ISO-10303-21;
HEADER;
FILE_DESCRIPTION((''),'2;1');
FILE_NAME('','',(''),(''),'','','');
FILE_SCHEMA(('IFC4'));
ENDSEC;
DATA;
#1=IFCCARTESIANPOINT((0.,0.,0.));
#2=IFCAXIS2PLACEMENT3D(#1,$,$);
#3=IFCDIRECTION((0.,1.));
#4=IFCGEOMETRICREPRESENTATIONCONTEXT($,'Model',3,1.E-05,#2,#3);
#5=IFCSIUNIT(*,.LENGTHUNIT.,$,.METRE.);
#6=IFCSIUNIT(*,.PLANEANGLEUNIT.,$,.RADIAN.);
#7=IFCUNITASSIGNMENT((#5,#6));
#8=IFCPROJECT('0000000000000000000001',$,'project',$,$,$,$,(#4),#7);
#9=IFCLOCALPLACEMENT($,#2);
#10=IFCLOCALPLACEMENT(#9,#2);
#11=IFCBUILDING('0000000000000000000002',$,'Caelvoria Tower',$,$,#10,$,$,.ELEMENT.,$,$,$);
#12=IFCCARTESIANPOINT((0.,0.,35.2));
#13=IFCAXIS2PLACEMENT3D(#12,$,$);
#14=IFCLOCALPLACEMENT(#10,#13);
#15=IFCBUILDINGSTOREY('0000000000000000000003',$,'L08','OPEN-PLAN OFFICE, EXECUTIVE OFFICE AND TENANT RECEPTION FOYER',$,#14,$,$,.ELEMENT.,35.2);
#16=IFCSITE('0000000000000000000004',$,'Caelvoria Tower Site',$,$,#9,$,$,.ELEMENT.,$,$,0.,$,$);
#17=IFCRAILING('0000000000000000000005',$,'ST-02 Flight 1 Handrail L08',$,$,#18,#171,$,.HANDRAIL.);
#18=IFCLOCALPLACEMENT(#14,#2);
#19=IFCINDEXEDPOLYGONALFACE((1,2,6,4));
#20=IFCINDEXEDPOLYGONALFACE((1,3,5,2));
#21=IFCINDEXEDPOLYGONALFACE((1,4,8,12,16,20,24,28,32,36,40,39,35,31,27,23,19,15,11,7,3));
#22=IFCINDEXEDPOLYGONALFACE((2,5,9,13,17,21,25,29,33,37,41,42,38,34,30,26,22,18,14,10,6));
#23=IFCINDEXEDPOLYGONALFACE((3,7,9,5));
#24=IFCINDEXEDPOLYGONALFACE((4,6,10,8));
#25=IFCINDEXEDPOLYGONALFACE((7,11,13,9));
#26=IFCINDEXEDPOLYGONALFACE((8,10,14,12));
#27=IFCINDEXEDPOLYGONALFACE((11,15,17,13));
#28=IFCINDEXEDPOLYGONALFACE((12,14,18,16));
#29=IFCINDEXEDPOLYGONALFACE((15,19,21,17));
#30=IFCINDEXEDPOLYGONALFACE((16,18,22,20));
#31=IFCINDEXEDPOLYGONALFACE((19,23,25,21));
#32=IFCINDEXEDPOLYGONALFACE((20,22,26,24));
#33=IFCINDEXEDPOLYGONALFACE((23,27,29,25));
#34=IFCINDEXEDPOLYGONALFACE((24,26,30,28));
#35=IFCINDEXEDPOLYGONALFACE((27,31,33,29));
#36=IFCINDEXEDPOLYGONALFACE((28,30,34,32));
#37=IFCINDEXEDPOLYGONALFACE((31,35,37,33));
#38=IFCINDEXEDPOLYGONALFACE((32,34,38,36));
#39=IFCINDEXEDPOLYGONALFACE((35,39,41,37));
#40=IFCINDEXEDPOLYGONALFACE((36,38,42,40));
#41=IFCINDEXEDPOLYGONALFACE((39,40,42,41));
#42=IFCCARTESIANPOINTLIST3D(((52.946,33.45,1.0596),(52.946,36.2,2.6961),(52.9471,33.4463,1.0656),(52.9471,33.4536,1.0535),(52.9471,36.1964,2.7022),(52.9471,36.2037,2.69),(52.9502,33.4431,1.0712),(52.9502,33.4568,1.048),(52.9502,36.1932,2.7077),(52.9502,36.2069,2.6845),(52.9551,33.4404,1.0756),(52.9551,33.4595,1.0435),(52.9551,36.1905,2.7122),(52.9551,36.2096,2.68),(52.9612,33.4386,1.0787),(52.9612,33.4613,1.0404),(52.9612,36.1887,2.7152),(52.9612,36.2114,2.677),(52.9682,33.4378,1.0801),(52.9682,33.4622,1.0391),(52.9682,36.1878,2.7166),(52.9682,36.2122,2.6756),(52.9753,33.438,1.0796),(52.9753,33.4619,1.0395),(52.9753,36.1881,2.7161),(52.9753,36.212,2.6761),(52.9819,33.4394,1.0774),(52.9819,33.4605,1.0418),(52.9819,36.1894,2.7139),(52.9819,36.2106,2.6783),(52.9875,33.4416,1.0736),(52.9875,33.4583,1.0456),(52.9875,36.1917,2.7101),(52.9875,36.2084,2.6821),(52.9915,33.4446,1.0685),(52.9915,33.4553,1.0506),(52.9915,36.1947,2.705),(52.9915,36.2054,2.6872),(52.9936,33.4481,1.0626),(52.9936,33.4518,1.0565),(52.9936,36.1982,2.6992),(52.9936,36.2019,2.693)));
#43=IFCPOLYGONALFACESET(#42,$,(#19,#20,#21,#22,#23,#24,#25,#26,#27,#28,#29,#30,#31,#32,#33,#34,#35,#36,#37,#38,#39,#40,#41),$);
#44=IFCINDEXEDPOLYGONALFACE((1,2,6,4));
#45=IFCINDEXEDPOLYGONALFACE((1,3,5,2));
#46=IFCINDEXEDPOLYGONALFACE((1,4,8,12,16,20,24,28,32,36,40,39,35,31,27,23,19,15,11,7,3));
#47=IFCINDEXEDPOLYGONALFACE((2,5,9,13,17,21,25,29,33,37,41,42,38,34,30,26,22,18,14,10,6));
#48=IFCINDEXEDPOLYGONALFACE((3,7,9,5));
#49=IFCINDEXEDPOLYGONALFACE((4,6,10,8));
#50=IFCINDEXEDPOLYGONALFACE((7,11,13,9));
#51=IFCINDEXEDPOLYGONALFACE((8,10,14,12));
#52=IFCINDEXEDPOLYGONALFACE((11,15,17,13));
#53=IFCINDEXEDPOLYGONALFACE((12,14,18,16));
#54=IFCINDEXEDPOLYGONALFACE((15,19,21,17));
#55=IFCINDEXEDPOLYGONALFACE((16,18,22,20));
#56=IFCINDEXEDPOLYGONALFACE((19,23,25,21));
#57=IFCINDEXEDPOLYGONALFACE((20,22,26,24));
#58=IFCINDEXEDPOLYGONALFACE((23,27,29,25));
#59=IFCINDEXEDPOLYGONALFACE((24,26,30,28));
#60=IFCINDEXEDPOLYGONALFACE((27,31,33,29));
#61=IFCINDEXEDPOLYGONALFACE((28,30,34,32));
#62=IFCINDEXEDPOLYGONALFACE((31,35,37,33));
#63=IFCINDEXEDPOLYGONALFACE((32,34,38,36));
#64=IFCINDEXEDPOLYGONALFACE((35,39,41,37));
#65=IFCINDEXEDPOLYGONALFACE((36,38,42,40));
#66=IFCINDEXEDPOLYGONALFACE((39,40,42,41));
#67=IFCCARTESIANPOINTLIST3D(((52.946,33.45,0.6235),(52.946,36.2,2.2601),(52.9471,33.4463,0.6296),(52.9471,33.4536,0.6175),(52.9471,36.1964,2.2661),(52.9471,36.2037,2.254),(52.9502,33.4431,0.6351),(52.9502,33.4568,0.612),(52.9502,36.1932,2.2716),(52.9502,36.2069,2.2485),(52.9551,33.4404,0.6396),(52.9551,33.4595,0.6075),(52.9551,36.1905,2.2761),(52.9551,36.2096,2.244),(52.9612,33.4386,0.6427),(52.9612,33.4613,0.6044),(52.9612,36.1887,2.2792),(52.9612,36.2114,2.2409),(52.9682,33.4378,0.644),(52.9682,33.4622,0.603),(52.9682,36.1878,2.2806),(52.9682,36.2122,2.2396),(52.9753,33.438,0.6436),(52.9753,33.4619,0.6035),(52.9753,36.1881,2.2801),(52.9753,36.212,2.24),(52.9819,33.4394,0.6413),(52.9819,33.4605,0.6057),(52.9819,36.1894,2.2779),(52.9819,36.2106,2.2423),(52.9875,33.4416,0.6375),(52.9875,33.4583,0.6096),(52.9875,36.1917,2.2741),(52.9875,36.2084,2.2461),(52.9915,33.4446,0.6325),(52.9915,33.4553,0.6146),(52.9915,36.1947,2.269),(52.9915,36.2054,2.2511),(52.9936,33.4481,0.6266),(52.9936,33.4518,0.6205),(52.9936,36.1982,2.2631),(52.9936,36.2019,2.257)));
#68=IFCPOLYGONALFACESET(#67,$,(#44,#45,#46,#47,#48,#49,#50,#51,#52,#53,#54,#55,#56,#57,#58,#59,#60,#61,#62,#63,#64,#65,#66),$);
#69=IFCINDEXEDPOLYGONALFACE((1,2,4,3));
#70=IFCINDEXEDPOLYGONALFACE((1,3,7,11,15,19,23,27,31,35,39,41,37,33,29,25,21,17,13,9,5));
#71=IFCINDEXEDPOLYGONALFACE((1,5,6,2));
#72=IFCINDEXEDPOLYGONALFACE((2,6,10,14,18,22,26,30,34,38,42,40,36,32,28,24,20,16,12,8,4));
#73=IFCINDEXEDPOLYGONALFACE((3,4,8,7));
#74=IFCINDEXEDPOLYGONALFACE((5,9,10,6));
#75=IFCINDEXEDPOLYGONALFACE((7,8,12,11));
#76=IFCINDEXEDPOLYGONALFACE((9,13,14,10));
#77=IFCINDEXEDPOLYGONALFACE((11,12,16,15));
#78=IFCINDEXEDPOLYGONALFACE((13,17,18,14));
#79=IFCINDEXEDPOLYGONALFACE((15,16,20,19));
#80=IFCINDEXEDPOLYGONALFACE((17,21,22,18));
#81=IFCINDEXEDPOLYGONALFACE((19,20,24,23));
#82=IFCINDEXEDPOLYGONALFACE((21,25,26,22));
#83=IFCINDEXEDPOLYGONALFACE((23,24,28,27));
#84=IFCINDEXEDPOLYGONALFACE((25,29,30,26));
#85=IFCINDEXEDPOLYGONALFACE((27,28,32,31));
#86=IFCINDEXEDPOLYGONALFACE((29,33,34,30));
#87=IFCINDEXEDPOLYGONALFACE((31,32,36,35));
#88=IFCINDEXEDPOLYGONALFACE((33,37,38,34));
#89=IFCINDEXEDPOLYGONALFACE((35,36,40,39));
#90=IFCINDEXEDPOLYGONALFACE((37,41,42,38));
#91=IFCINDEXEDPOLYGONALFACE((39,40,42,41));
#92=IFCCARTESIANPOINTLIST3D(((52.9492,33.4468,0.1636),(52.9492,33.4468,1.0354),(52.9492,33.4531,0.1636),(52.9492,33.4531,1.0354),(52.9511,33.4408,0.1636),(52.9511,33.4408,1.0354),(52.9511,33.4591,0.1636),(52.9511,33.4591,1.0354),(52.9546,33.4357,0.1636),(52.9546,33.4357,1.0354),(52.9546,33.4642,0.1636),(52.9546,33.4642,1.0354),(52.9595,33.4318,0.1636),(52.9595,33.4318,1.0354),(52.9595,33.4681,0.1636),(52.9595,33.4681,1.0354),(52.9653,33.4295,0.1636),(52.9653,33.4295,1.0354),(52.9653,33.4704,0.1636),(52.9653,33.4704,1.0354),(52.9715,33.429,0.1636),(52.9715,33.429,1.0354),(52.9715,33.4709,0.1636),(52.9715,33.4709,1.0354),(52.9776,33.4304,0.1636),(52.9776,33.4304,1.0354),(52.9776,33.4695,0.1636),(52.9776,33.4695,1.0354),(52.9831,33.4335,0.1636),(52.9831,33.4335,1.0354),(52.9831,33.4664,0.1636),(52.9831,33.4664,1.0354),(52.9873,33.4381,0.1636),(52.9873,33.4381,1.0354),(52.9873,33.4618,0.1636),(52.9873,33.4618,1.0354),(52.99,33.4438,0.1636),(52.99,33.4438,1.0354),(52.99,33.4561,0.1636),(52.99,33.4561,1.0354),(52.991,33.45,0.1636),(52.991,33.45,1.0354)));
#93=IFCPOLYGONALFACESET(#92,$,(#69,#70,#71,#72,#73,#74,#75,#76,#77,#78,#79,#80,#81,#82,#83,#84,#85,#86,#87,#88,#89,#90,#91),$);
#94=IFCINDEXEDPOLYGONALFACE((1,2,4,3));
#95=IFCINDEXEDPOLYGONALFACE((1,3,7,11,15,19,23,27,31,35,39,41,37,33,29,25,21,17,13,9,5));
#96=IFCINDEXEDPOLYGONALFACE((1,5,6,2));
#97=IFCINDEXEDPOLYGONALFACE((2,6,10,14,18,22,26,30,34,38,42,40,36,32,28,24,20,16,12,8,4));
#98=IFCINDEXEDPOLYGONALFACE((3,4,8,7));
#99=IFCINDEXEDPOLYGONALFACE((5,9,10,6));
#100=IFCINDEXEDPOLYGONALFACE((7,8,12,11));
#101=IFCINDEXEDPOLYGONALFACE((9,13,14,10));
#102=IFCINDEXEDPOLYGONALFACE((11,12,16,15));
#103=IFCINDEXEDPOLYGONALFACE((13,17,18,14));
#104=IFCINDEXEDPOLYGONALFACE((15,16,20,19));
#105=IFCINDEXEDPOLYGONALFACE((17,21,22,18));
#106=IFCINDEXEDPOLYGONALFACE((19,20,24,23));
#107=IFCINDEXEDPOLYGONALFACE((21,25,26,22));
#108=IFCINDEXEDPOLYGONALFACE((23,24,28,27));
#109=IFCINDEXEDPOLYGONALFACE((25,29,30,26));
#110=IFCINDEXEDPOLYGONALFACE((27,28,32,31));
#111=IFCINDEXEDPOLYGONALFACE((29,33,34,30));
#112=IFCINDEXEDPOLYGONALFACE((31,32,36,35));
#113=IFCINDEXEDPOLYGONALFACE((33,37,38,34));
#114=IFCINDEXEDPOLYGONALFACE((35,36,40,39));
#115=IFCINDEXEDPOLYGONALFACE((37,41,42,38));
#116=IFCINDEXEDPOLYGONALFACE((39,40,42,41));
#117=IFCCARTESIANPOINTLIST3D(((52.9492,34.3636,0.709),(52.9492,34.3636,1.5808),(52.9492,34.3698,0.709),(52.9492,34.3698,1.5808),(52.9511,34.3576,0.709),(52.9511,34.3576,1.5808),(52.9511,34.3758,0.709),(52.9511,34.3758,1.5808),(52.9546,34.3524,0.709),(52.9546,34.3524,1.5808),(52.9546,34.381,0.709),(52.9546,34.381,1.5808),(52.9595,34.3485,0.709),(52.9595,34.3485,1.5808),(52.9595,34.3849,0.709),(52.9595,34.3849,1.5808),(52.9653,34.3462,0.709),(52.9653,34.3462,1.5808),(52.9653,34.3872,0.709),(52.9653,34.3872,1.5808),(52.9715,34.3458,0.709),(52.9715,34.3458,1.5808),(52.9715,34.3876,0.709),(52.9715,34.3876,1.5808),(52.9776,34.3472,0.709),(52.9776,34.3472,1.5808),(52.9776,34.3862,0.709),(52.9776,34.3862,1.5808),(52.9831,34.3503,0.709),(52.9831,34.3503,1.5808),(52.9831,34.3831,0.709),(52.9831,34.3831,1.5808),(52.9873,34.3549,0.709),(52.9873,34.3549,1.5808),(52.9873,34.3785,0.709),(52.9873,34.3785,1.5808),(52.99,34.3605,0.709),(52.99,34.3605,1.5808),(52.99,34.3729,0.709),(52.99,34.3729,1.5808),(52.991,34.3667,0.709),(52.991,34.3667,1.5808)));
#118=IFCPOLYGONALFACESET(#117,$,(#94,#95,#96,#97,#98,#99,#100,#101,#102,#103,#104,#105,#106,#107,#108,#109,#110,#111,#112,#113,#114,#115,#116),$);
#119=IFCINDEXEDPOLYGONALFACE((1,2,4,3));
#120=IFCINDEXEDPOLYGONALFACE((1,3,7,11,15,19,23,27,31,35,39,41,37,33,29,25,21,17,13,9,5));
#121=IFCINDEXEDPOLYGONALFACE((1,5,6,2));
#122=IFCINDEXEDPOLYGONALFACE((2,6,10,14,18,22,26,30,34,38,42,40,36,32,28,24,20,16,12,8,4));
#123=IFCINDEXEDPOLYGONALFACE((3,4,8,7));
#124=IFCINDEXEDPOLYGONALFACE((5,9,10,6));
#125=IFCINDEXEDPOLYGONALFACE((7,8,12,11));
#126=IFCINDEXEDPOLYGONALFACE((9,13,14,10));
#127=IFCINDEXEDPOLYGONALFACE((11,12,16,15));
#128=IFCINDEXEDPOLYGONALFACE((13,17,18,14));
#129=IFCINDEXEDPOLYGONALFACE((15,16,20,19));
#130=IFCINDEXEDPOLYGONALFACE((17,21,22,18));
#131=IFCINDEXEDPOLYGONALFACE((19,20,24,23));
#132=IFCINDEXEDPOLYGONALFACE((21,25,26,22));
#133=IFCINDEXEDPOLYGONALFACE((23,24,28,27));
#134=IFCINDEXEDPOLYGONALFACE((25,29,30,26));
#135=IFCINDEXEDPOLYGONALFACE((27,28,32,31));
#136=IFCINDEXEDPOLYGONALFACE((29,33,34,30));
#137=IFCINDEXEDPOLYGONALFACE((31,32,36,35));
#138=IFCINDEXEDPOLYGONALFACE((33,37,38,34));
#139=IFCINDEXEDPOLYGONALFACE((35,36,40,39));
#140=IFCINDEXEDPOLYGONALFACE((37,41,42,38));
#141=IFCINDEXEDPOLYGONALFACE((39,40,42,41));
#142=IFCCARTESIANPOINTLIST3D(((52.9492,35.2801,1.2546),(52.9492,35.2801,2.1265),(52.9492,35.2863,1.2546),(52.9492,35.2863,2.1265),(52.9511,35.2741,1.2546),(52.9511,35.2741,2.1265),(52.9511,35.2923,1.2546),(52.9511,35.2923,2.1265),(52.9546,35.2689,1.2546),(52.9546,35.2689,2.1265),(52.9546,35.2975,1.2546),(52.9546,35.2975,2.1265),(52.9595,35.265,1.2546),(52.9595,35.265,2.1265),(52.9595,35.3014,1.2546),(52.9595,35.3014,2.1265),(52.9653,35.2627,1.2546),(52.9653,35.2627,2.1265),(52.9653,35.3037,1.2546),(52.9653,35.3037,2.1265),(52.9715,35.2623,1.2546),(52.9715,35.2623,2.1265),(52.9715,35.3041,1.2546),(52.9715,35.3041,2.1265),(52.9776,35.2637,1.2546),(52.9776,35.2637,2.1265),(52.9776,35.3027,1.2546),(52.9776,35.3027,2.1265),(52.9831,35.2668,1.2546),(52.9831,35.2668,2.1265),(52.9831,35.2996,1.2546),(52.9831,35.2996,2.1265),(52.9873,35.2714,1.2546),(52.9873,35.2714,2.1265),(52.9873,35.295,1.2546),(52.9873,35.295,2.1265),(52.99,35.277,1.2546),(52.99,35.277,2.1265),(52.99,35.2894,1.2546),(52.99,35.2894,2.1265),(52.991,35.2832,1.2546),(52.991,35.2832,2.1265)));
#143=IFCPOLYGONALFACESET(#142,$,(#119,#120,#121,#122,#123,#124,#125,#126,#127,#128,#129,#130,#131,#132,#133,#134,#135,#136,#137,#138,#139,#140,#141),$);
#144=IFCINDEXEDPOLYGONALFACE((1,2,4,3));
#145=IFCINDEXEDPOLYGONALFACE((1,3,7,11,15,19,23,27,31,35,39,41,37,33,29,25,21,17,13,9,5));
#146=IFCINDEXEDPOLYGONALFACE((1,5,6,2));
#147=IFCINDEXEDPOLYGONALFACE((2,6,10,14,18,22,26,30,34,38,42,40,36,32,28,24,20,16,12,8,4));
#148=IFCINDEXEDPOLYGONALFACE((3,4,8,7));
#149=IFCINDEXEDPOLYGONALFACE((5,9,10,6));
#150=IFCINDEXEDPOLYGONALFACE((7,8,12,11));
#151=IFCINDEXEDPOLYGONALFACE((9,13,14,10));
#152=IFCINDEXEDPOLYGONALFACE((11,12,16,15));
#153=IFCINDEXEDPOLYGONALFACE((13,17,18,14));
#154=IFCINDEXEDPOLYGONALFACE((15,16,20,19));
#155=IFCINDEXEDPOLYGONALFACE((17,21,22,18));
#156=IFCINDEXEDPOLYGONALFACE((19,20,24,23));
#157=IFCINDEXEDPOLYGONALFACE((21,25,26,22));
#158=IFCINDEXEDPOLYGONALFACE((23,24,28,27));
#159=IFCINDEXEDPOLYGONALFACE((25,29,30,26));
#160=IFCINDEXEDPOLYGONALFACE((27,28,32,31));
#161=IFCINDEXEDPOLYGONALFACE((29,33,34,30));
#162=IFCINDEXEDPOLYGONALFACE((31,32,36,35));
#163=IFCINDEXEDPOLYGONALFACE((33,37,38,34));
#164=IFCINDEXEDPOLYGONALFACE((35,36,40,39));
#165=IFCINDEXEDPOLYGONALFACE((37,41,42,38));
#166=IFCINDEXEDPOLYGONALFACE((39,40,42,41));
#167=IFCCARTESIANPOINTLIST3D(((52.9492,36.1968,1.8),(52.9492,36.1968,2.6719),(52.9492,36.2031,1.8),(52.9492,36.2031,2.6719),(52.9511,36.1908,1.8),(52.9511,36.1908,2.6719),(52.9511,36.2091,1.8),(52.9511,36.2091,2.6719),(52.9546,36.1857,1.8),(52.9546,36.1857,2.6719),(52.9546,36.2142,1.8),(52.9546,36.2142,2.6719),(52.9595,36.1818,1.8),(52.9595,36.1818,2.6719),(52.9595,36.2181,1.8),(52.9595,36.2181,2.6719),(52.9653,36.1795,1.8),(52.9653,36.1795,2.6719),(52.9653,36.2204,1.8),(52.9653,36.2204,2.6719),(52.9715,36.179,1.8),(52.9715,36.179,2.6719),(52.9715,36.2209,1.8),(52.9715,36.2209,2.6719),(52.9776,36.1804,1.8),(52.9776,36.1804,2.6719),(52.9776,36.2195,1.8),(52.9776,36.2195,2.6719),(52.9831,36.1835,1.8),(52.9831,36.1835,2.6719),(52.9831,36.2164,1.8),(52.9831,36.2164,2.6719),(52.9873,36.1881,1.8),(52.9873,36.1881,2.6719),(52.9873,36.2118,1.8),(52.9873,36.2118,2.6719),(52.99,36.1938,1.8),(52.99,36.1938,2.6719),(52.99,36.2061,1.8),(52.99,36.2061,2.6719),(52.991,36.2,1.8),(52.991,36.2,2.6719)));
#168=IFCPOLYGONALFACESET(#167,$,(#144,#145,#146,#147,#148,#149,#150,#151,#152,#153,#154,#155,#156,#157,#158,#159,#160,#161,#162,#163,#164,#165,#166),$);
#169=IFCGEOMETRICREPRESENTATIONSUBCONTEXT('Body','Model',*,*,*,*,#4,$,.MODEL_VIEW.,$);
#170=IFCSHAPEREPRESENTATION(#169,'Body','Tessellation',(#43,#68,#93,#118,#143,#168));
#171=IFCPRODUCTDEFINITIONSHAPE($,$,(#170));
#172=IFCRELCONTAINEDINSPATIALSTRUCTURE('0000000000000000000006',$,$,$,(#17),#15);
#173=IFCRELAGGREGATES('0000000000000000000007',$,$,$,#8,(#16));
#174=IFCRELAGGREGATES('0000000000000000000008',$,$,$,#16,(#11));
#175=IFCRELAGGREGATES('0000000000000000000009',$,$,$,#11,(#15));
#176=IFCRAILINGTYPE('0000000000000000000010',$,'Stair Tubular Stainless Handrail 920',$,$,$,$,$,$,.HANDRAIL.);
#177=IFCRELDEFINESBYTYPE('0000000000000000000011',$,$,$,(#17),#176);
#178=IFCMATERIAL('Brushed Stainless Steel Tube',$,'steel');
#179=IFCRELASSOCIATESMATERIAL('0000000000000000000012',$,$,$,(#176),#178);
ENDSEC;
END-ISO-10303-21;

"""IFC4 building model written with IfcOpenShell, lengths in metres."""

from ifc_helpers import new_model, si_unit, direction, frame, origin, origin_2d, place, context, subcontext, project, spatial, circle, extrude, material, type_object, element, save


model = new_model("IFC4")

# Units and contexts
model_context = context("Model", 3, precision=1e-05, world=origin(), true_north=direction((0.0, 1.0)))
body_context = subcontext(model_context, "Body", "Model", "MODEL_VIEW")
ifc_project = project(units=[si_unit("LENGTHUNIT", "METRE"), si_unit("PLANEANGLEUNIT", "RADIAN")], contexts=[model_context])

# Site, building, storey
site_placement = place(None, origin())
site = spatial("IfcSite", under=ifc_project, at=site_placement, Name="Caelvoria Tower Site", CompositionType="ELEMENT", RefElevation=0.0)
building_placement = place(site_placement, origin())
building = spatial("IfcBuilding", under=site, at=building_placement, Name="Caelvoria Tower", CompositionType="ELEMENT")
storey_placement = place(building_placement, frame((0.0, 0.0, 35.2)))
storey = spatial("IfcBuildingStorey", under=building, at=storey_placement, Name="L08", Description="OPEN-PLAN OFFICE, EXECUTIVE OFFICE AND TENANT RECEPTION FOYER", CompositionType="ELEMENT", Elevation=35.2)

# Railing
ifc_material_1 = material(Name="Brushed Stainless Steel Tube", Category="steel")
railing_type_1 = type_object("IfcRailingType", Name="Stair Tubular Stainless Handrail 920", PredefinedType="HANDRAIL", material=ifc_material_1)
railing_1_placement = place(storey_placement, frame((52.97, 33.45, 0.1636)))
element("IfcRailing", 1, at=railing_1_placement, inside=storey, type_object=railing_type_1, Name="ST-02 Flight 1 Handrail L08", PredefinedType="HANDRAIL", context=body_context, shape_type="SweptSolid", body=[
    extrude(circle(Radius=0.0239, at=origin_2d()), frame((0.0, 0.0, 0.896), z_axis=(0.0, 0.859352, 0.511385), x_axis=(-1.0, 0.0, 0.0)), (0.0, 0.0, 1.0), 3.2002),
    extrude(circle(Radius=0.0239, at=origin_2d()), frame((0.0, 0.0, 0.46), z_axis=(0.0, 0.859352, 0.511385), x_axis=(-1.0, 0.0, 0.0)), (0.0, 0.0, 1.0), 3.2002),
    extrude(circle(Radius=0.021, at=origin_2d()), origin(), (0.0, 0.0, 1.0), 0.8718),
    extrude(circle(Radius=0.021, at=origin_2d()), frame((0.0, 0.9167, 0.5454)), (0.0, 0.0, 1.0), 0.8718),
    extrude(circle(Radius=0.021, at=origin_2d()), frame((0.0, 1.8333, 1.0911)), (0.0, 0.0, 1.0), 0.8718),
    extrude(circle(Radius=0.021, at=origin_2d()), frame((0.0, 2.75, 1.6365)), (0.0, 0.0, 1.0), 0.8718),
])

save(model, "model.ifc")
